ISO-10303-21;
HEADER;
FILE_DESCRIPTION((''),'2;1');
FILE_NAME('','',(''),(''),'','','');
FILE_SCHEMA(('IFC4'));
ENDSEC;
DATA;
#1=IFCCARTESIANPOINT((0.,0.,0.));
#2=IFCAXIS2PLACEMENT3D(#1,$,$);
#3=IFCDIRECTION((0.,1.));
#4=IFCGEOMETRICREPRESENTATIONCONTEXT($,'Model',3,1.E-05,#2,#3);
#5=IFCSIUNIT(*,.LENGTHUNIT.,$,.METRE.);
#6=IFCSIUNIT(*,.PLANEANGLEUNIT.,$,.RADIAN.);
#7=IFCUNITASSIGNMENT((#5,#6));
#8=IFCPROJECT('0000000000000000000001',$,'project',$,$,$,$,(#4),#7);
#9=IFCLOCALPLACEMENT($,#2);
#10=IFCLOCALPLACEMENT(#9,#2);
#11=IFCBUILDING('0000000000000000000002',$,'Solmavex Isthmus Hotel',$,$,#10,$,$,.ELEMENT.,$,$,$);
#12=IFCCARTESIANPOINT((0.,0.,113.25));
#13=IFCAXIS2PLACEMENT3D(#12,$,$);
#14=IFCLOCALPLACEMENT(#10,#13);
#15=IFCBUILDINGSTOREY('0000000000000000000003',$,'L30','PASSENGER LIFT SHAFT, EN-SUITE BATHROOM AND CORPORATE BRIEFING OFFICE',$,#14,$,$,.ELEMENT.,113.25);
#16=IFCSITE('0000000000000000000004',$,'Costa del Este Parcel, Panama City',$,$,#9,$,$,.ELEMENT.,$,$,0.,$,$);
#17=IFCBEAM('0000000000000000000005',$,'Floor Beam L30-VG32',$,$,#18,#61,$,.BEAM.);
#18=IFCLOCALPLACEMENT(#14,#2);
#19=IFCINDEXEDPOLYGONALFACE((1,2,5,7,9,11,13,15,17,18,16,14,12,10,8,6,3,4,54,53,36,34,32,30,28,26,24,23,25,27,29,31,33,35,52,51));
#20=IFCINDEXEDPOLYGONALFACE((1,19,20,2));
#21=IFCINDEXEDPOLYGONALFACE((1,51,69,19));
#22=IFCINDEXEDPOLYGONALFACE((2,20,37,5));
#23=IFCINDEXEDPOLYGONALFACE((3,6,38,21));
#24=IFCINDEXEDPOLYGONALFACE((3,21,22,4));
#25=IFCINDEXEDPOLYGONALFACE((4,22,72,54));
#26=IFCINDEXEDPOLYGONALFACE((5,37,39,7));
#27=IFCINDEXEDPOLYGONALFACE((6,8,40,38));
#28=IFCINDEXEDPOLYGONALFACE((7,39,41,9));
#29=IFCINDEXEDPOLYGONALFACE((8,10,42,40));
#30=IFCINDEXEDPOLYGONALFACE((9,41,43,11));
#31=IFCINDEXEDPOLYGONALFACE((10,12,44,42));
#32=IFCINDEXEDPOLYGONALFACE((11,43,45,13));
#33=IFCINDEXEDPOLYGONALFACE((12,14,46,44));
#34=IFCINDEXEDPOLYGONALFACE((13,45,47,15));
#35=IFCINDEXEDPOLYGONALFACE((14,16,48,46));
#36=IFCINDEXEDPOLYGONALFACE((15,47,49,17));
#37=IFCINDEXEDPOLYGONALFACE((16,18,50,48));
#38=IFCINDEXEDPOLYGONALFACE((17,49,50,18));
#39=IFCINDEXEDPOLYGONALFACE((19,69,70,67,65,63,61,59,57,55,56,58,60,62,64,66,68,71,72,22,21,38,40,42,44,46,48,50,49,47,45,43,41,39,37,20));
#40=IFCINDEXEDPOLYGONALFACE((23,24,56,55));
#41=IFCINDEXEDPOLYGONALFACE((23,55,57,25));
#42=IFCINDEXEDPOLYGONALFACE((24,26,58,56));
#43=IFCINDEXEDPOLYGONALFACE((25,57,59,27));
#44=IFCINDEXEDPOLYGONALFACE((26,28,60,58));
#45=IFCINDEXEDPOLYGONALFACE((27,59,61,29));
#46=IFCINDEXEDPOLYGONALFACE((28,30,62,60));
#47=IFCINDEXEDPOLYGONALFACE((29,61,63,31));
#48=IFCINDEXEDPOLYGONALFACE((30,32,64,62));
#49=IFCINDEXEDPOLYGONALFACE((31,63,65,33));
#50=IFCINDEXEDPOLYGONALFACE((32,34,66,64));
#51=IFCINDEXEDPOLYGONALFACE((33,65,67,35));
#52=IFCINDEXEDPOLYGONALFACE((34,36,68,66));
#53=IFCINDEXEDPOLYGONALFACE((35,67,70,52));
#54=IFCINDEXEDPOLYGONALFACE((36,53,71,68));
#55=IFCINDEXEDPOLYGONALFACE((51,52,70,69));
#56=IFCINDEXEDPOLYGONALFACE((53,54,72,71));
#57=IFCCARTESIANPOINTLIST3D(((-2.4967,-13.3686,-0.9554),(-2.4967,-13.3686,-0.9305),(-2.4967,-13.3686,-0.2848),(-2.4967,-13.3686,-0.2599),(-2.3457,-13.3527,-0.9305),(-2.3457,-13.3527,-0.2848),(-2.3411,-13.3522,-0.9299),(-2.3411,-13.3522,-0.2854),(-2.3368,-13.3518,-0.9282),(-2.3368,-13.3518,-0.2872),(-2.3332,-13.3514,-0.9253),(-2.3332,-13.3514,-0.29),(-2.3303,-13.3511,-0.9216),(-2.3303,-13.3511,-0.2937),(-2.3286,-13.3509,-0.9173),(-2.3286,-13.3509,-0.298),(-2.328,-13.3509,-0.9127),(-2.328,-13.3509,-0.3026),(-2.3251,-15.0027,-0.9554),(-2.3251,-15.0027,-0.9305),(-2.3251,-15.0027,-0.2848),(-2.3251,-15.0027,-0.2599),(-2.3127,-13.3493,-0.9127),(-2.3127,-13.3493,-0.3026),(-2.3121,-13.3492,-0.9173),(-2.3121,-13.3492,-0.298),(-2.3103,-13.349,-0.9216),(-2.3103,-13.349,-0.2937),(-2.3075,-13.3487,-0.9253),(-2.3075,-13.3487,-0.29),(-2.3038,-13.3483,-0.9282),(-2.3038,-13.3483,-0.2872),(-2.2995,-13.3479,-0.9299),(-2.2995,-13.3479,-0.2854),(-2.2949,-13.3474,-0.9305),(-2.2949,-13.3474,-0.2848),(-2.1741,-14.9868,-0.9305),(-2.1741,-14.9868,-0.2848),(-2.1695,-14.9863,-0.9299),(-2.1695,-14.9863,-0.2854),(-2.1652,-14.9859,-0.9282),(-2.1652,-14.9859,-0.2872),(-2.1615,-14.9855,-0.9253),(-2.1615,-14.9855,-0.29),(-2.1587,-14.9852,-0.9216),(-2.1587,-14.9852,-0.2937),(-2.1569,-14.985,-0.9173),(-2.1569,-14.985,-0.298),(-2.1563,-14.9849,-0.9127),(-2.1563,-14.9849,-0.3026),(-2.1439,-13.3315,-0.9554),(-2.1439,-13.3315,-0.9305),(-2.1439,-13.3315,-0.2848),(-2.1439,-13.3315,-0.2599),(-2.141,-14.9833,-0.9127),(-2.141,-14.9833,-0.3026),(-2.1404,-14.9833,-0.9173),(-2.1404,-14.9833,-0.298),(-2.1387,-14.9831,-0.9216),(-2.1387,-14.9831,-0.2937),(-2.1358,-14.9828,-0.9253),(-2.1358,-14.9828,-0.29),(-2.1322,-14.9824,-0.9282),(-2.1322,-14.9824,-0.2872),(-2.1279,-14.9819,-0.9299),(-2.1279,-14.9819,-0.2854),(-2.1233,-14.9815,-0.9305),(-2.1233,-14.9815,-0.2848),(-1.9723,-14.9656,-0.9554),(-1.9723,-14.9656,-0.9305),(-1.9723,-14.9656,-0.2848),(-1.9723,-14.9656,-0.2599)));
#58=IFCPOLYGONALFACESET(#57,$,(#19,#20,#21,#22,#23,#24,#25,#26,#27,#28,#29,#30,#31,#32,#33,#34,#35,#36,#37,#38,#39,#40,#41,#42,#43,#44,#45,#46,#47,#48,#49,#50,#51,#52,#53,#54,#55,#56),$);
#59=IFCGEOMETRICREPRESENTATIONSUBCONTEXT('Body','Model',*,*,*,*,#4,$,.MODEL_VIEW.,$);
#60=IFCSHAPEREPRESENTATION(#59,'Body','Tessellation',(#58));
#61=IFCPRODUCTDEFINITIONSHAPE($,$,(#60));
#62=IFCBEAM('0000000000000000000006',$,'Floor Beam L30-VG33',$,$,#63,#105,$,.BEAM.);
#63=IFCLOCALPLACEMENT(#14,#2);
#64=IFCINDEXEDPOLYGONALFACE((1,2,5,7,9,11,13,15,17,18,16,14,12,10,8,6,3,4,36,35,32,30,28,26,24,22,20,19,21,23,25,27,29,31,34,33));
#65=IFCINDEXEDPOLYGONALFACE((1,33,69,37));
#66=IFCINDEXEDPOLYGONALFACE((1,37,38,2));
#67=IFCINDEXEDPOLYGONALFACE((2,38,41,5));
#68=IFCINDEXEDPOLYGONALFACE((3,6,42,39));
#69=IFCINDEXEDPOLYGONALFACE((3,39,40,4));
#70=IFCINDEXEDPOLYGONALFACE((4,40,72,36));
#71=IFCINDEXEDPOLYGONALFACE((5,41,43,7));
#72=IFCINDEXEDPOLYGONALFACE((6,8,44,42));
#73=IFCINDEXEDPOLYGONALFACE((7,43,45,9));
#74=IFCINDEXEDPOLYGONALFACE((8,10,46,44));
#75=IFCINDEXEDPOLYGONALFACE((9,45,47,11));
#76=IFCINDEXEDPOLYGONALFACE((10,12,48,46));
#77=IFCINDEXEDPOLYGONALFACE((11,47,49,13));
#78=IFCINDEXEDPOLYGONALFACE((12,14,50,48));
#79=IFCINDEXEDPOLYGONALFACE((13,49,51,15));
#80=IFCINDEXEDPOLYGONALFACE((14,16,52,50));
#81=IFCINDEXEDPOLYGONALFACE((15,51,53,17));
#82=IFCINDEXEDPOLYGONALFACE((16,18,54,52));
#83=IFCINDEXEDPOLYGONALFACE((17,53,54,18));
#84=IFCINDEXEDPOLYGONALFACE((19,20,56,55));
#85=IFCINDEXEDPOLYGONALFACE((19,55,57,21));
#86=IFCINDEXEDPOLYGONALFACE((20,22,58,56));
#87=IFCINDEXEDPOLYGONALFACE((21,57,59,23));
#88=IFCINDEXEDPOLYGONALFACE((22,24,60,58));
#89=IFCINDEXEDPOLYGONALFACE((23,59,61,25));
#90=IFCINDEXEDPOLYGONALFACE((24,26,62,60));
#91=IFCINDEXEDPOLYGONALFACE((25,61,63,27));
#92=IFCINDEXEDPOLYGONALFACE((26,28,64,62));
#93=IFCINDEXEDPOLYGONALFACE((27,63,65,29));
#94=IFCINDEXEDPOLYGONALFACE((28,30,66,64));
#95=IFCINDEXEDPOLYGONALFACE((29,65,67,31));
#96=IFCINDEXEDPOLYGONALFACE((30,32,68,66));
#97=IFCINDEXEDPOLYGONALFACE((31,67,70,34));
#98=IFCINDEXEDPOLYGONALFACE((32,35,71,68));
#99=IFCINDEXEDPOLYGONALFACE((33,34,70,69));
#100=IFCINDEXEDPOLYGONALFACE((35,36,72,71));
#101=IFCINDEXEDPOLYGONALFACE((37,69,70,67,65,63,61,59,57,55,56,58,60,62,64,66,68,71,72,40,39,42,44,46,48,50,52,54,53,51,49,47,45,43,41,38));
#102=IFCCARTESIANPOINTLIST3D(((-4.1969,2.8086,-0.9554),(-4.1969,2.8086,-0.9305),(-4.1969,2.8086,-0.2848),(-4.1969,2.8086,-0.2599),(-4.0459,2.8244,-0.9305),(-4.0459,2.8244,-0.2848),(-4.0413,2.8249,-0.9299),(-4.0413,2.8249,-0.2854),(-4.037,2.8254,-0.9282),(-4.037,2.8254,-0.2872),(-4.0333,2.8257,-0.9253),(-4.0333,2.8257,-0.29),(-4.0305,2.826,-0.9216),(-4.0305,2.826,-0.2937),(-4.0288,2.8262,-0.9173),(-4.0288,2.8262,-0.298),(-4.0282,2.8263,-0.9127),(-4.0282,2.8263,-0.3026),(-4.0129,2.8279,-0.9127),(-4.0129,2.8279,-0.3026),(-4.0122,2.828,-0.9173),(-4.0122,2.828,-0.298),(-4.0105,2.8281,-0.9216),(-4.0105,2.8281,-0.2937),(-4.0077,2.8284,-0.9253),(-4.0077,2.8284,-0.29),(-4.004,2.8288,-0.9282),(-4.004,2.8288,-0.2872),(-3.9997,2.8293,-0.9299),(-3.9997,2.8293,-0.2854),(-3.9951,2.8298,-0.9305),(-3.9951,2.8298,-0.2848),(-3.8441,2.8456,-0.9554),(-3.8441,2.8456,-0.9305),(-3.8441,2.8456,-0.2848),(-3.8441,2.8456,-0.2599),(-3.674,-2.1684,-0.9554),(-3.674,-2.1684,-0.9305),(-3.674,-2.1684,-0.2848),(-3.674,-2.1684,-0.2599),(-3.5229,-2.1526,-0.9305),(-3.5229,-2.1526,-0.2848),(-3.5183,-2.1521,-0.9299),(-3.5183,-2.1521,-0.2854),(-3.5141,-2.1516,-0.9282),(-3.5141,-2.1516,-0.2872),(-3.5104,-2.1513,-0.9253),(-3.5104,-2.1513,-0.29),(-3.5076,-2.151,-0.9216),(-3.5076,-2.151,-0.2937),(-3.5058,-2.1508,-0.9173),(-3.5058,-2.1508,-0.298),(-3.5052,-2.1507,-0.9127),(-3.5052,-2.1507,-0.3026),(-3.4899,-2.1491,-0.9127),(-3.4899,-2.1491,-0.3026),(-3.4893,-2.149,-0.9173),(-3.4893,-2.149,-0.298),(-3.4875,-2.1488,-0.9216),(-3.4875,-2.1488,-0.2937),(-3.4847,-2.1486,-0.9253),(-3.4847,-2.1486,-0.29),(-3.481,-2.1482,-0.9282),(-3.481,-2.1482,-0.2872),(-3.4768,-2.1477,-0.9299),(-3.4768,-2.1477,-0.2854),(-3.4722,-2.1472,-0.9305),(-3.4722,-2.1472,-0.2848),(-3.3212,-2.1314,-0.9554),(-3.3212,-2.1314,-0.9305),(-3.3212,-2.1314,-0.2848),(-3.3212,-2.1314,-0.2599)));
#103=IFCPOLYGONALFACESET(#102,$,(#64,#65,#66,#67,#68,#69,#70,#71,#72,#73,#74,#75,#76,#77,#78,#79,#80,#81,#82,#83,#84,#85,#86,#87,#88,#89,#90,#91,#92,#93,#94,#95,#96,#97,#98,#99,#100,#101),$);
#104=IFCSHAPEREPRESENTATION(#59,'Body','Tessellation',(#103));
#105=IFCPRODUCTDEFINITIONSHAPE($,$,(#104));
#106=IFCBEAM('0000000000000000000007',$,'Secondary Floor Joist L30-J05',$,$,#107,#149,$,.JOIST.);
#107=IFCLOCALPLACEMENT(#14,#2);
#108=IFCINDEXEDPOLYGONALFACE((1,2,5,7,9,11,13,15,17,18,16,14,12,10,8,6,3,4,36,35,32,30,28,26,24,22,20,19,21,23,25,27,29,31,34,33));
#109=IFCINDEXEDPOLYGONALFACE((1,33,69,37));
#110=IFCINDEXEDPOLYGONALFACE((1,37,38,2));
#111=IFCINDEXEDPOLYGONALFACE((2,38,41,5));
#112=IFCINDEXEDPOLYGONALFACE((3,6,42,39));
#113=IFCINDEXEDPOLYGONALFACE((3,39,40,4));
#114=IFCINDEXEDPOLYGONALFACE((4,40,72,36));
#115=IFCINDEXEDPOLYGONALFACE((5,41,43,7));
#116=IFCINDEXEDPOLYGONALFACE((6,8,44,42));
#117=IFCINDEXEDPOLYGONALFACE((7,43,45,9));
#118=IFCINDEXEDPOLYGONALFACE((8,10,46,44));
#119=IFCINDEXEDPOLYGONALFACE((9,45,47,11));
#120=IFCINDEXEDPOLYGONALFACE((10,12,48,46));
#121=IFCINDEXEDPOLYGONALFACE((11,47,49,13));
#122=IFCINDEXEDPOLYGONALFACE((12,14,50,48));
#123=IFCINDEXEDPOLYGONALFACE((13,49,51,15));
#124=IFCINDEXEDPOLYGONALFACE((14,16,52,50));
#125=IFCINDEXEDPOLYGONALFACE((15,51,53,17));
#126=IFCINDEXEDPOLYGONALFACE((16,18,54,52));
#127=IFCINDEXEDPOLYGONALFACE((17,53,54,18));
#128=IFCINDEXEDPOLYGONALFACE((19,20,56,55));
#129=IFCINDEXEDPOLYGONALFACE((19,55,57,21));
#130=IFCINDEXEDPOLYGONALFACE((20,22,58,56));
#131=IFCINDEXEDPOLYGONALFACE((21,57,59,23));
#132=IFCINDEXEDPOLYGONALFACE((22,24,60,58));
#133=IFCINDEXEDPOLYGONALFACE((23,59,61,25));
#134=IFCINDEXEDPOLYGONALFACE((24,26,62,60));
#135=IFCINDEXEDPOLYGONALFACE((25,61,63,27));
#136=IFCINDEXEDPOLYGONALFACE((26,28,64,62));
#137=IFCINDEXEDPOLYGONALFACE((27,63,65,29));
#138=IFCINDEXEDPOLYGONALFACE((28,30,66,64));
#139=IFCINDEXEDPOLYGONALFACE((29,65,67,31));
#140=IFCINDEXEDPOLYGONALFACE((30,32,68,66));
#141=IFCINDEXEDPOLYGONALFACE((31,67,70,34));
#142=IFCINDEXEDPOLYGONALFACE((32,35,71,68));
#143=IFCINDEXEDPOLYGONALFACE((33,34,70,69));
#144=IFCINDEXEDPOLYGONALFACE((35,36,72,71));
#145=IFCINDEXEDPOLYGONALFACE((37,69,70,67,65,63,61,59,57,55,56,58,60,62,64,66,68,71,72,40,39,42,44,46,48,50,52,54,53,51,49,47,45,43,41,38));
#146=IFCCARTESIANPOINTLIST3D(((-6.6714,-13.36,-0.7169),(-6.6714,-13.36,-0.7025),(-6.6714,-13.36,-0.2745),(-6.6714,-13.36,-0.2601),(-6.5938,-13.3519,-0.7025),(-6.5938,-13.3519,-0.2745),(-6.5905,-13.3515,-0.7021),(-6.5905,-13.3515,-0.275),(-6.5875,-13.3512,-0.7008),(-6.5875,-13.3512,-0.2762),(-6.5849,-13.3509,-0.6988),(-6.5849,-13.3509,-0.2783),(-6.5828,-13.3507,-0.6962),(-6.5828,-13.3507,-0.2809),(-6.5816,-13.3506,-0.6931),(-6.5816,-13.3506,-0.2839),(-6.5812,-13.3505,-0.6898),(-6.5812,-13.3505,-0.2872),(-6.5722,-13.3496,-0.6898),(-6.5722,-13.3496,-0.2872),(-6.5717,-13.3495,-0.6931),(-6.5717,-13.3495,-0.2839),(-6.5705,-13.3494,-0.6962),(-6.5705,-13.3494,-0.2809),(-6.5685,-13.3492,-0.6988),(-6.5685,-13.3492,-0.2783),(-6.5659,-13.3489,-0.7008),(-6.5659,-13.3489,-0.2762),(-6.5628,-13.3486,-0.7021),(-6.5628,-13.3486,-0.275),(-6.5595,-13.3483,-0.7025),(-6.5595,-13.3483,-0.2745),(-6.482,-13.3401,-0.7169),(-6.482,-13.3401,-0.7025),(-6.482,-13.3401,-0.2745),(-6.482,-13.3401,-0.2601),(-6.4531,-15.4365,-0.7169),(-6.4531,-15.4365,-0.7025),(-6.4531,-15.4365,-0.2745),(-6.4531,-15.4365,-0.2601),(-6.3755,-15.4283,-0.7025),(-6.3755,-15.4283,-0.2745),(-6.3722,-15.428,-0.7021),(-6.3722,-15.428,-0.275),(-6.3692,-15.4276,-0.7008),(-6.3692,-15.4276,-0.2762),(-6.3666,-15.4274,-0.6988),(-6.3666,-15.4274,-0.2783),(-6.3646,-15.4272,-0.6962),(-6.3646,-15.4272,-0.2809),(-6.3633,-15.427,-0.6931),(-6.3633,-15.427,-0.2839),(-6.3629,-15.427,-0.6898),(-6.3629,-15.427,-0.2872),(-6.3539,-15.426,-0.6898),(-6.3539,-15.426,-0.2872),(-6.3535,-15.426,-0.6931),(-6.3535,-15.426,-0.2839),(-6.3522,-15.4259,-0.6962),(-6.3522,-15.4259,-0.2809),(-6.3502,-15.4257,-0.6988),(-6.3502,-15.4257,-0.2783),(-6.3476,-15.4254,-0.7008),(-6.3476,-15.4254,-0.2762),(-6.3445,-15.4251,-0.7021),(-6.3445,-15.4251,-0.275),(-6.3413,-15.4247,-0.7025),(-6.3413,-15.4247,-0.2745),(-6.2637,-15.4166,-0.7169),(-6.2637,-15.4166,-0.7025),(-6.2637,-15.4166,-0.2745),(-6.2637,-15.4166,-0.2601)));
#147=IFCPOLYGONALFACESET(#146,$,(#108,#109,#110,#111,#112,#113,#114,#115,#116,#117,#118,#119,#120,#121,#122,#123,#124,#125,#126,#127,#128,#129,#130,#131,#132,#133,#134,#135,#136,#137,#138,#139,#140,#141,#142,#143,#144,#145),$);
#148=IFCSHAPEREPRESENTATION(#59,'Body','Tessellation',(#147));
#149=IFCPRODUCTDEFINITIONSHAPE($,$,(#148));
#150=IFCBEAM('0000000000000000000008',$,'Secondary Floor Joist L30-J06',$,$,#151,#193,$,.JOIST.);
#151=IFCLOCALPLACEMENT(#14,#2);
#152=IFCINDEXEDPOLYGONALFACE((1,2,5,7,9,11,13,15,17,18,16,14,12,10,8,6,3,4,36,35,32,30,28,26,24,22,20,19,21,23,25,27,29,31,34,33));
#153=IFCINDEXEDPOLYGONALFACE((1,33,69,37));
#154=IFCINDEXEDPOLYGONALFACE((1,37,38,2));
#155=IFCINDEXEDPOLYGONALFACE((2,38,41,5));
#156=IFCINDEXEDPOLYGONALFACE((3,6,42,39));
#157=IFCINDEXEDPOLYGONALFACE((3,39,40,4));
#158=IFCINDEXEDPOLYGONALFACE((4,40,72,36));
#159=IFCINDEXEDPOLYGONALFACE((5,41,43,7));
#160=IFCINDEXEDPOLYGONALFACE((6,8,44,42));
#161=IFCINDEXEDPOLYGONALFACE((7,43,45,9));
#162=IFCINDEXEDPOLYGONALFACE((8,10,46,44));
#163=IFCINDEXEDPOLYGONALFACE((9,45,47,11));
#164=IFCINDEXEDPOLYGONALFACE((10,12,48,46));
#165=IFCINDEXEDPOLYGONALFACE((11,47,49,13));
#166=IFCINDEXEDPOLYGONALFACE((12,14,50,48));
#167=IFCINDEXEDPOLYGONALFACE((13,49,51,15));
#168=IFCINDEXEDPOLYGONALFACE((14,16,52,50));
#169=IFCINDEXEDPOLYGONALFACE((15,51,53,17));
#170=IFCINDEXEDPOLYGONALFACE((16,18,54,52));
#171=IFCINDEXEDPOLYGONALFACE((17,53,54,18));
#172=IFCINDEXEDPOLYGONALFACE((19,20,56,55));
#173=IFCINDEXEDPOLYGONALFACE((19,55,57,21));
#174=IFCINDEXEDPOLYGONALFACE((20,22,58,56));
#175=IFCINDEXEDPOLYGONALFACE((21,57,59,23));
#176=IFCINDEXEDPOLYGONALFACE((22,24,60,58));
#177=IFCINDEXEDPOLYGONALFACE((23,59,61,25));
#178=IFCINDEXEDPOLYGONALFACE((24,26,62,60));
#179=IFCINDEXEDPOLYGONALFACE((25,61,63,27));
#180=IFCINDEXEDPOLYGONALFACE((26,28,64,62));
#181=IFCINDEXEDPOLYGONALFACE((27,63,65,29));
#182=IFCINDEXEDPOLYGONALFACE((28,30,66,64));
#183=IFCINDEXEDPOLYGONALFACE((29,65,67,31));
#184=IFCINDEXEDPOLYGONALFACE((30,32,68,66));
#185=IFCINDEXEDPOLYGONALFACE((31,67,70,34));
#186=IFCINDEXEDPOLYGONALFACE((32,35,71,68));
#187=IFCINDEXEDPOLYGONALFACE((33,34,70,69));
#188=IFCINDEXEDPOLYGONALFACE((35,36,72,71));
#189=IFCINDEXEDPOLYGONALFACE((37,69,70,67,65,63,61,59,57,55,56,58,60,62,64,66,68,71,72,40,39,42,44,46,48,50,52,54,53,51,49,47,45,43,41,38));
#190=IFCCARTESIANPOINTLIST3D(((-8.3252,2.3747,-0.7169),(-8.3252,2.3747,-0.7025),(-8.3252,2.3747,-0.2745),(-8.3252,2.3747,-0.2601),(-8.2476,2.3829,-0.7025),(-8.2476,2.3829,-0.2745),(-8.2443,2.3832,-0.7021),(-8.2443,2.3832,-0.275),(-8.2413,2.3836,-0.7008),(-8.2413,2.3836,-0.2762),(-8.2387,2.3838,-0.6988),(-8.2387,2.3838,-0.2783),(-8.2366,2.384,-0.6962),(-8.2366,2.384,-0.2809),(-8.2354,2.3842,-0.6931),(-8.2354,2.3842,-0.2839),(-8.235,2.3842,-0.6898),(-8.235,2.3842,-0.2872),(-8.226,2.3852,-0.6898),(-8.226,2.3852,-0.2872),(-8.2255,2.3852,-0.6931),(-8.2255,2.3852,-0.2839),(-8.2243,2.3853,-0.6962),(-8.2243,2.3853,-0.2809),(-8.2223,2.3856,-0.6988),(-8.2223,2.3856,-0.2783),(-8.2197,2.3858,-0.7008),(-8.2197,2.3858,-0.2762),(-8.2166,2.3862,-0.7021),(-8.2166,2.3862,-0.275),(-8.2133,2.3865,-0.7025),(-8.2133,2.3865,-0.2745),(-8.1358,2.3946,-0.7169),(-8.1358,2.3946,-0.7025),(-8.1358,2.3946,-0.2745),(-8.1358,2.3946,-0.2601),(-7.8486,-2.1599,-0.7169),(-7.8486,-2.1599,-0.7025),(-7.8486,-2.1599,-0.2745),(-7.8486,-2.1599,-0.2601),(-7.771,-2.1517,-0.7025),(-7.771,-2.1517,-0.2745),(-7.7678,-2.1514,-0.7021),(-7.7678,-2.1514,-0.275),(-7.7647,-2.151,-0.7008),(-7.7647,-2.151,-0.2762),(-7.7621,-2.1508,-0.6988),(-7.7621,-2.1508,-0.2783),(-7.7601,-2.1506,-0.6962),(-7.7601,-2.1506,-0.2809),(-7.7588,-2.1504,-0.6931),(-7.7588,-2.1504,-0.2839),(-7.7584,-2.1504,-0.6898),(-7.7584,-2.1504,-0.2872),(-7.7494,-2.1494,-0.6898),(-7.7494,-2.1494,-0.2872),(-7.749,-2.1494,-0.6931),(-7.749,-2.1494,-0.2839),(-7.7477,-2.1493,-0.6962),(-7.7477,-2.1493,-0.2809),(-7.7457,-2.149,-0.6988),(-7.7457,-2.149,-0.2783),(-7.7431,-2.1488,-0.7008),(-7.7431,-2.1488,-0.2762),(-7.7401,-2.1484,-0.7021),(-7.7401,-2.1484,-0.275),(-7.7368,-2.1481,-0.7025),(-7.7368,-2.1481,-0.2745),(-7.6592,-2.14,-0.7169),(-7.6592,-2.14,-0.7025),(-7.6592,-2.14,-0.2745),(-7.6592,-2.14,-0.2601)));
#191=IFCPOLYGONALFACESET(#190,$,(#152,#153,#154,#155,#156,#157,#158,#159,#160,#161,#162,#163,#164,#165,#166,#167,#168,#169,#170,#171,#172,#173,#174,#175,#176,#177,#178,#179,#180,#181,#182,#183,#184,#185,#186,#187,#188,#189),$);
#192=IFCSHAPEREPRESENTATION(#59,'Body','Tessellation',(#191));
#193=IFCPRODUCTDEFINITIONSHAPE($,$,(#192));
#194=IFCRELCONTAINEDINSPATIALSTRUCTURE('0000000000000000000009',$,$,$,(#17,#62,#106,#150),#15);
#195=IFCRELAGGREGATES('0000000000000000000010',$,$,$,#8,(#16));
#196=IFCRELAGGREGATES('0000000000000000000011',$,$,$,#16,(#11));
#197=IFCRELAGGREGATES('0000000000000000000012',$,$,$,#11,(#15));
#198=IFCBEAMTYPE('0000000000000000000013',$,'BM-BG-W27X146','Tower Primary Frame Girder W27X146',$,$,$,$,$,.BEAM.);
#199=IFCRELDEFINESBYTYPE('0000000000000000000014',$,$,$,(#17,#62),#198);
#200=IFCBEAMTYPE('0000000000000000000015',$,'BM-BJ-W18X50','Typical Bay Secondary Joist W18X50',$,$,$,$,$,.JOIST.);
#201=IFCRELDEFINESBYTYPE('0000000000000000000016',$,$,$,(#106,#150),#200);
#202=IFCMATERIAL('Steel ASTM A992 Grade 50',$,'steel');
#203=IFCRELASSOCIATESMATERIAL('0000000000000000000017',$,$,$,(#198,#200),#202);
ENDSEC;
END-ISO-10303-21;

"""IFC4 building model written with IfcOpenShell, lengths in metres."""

from ifc_helpers import new_model, si_unit, direction, frame, origin, origin_2d, place, context, subcontext, project, spatial, i_section, extrude, material, material_profile, profile_set, type_object, element, save


model = new_model("IFC4")

# Units and contexts
model_context = context("Model", 3, precision=1e-05, world=origin(), true_north=direction((0.0, 1.0)))
body_context = subcontext(model_context, "Body", "Model", "MODEL_VIEW")
ifc_project = project(units=[si_unit("LENGTHUNIT", "METRE"), si_unit("PLANEANGLEUNIT", "RADIAN")], contexts=[model_context])

# Site, building, storey
site_placement = place(None, origin())
site = spatial("IfcSite", under=ifc_project, at=site_placement, Name="Costa del Este Parcel, Panama City", CompositionType="ELEMENT", RefElevation=0.0)
building_placement = place(site_placement, origin())
building = spatial("IfcBuilding", under=site, at=building_placement, Name="Solmavex Isthmus Hotel", CompositionType="ELEMENT")
storey_placement = place(building_placement, frame((0.0, 0.0, 113.25)))
storey = spatial("IfcBuildingStorey", under=building, at=storey_placement, Name="L30", Description="PASSENGER LIFT SHAFT, EN-SUITE BATHROOM AND CORPORATE BRIEFING OFFICE", CompositionType="ELEMENT", Elevation=113.25)

# Beams
ifc_material_1 = material(Name="Steel ASTM A992 Grade 50", Category="steel")
ifc_material_profile_1 = material_profile(ifc_material_1, i_section(OverallWidth=0.3547, OverallDepth=0.6956, WebThickness=0.0154, FlangeThickness=0.0249, FilletRadius=0.0178, at=origin_2d()), Name="W27X146")
ifc_profile_set_1 = profile_set([ifc_material_profile_1], Name="Steel ASTM A992 Grade 50")
beam_type_1 = type_object("IfcBeamType", Name="BM-BG-W27X146", Description="Tower Primary Frame Girder W27X146", PredefinedType="BEAM", material=ifc_profile_set_1)
beam_1_placement = place(storey_placement, frame((-2.1487, -14.9841, -0.6077), z_axis=(-0.10446, 0.994529, 0.0), x_axis=(-0.994529, -0.10446, 0.0)))
element("IfcBeam", 1, at=beam_1_placement, inside=storey, type_object=beam_type_1, Name="Floor Beam L30-VG32", PredefinedType="BEAM", context=body_context, shape_type="SweptSolid", body=[
    extrude(i_section(OverallWidth=0.3547, OverallDepth=0.6956, WebThickness=0.0154, FlangeThickness=0.0249, FilletRadius=0.0178, at=origin_2d()), origin(), (0.0, 0.0, 1.0), 1.6431),
])
beam_2_placement = place(storey_placement, frame((-3.4976, -2.1499, -0.6077), z_axis=(-0.104497, 0.994525, 0.0), x_axis=(-0.994525, -0.104497, 0.0)))
element("IfcBeam", 2, at=beam_2_placement, inside=storey, type_object=beam_type_1, Name="Floor Beam L30-VG33", PredefinedType="BEAM", context=body_context, shape_type="SweptSolid", body=[
    extrude(i_section(OverallWidth=0.3547, OverallDepth=0.6956, WebThickness=0.0154, FlangeThickness=0.0249, FilletRadius=0.0178, at=origin_2d()), origin(), (0.0, 0.0, 1.0), 5.0044),
])
ifc_material_profile_2 = material_profile(ifc_material_1, i_section(OverallWidth=0.1904, OverallDepth=0.4568, WebThickness=0.009, FlangeThickness=0.0144, FilletRadius=0.0127, at=origin_2d()), Name="W18X50")
ifc_profile_set_2 = profile_set([ifc_material_profile_2], Name="Steel ASTM A992 Grade 50")
beam_type_2 = type_object("IfcBeamType", Name="BM-BJ-W18X50", Description="Typical Bay Secondary Joist W18X50", PredefinedType="JOIST", material=ifc_profile_set_2)
beam_3_placement = place(storey_placement, frame((-6.3584, -15.4265, -0.4885), z_axis=(-0.104539, 0.994521, 0.0), x_axis=(-0.994521, -0.104539, 0.0)))
element("IfcBeam", 3, at=beam_3_placement, inside=storey, type_object=beam_type_2, Name="Secondary Floor Joist L30-J05", PredefinedType="JOIST", context=body_context, shape_type="SweptSolid", body=[
    extrude(i_section(OverallWidth=0.1904, OverallDepth=0.4568, WebThickness=0.009, FlangeThickness=0.0144, FilletRadius=0.0127, at=origin_2d()), origin(), (0.0, 0.0, 1.0), 2.0879),
])
beam_4_placement = place(storey_placement, frame((-7.7539, -2.1499, -0.4885), z_axis=(-0.104518, 0.994523, 0.0), x_axis=(-0.994523, -0.104518, 0.0)))
element("IfcBeam", 4, at=beam_4_placement, inside=storey, type_object=beam_type_2, Name="Secondary Floor Joist L30-J06", PredefinedType="JOIST", context=body_context, shape_type="SweptSolid", body=[
    extrude(i_section(OverallWidth=0.1904, OverallDepth=0.4568, WebThickness=0.009, FlangeThickness=0.0144, FilletRadius=0.0127, at=origin_2d()), origin(), (0.0, 0.0, 1.0), 4.5596),
])

save(model, "model.ifc")
